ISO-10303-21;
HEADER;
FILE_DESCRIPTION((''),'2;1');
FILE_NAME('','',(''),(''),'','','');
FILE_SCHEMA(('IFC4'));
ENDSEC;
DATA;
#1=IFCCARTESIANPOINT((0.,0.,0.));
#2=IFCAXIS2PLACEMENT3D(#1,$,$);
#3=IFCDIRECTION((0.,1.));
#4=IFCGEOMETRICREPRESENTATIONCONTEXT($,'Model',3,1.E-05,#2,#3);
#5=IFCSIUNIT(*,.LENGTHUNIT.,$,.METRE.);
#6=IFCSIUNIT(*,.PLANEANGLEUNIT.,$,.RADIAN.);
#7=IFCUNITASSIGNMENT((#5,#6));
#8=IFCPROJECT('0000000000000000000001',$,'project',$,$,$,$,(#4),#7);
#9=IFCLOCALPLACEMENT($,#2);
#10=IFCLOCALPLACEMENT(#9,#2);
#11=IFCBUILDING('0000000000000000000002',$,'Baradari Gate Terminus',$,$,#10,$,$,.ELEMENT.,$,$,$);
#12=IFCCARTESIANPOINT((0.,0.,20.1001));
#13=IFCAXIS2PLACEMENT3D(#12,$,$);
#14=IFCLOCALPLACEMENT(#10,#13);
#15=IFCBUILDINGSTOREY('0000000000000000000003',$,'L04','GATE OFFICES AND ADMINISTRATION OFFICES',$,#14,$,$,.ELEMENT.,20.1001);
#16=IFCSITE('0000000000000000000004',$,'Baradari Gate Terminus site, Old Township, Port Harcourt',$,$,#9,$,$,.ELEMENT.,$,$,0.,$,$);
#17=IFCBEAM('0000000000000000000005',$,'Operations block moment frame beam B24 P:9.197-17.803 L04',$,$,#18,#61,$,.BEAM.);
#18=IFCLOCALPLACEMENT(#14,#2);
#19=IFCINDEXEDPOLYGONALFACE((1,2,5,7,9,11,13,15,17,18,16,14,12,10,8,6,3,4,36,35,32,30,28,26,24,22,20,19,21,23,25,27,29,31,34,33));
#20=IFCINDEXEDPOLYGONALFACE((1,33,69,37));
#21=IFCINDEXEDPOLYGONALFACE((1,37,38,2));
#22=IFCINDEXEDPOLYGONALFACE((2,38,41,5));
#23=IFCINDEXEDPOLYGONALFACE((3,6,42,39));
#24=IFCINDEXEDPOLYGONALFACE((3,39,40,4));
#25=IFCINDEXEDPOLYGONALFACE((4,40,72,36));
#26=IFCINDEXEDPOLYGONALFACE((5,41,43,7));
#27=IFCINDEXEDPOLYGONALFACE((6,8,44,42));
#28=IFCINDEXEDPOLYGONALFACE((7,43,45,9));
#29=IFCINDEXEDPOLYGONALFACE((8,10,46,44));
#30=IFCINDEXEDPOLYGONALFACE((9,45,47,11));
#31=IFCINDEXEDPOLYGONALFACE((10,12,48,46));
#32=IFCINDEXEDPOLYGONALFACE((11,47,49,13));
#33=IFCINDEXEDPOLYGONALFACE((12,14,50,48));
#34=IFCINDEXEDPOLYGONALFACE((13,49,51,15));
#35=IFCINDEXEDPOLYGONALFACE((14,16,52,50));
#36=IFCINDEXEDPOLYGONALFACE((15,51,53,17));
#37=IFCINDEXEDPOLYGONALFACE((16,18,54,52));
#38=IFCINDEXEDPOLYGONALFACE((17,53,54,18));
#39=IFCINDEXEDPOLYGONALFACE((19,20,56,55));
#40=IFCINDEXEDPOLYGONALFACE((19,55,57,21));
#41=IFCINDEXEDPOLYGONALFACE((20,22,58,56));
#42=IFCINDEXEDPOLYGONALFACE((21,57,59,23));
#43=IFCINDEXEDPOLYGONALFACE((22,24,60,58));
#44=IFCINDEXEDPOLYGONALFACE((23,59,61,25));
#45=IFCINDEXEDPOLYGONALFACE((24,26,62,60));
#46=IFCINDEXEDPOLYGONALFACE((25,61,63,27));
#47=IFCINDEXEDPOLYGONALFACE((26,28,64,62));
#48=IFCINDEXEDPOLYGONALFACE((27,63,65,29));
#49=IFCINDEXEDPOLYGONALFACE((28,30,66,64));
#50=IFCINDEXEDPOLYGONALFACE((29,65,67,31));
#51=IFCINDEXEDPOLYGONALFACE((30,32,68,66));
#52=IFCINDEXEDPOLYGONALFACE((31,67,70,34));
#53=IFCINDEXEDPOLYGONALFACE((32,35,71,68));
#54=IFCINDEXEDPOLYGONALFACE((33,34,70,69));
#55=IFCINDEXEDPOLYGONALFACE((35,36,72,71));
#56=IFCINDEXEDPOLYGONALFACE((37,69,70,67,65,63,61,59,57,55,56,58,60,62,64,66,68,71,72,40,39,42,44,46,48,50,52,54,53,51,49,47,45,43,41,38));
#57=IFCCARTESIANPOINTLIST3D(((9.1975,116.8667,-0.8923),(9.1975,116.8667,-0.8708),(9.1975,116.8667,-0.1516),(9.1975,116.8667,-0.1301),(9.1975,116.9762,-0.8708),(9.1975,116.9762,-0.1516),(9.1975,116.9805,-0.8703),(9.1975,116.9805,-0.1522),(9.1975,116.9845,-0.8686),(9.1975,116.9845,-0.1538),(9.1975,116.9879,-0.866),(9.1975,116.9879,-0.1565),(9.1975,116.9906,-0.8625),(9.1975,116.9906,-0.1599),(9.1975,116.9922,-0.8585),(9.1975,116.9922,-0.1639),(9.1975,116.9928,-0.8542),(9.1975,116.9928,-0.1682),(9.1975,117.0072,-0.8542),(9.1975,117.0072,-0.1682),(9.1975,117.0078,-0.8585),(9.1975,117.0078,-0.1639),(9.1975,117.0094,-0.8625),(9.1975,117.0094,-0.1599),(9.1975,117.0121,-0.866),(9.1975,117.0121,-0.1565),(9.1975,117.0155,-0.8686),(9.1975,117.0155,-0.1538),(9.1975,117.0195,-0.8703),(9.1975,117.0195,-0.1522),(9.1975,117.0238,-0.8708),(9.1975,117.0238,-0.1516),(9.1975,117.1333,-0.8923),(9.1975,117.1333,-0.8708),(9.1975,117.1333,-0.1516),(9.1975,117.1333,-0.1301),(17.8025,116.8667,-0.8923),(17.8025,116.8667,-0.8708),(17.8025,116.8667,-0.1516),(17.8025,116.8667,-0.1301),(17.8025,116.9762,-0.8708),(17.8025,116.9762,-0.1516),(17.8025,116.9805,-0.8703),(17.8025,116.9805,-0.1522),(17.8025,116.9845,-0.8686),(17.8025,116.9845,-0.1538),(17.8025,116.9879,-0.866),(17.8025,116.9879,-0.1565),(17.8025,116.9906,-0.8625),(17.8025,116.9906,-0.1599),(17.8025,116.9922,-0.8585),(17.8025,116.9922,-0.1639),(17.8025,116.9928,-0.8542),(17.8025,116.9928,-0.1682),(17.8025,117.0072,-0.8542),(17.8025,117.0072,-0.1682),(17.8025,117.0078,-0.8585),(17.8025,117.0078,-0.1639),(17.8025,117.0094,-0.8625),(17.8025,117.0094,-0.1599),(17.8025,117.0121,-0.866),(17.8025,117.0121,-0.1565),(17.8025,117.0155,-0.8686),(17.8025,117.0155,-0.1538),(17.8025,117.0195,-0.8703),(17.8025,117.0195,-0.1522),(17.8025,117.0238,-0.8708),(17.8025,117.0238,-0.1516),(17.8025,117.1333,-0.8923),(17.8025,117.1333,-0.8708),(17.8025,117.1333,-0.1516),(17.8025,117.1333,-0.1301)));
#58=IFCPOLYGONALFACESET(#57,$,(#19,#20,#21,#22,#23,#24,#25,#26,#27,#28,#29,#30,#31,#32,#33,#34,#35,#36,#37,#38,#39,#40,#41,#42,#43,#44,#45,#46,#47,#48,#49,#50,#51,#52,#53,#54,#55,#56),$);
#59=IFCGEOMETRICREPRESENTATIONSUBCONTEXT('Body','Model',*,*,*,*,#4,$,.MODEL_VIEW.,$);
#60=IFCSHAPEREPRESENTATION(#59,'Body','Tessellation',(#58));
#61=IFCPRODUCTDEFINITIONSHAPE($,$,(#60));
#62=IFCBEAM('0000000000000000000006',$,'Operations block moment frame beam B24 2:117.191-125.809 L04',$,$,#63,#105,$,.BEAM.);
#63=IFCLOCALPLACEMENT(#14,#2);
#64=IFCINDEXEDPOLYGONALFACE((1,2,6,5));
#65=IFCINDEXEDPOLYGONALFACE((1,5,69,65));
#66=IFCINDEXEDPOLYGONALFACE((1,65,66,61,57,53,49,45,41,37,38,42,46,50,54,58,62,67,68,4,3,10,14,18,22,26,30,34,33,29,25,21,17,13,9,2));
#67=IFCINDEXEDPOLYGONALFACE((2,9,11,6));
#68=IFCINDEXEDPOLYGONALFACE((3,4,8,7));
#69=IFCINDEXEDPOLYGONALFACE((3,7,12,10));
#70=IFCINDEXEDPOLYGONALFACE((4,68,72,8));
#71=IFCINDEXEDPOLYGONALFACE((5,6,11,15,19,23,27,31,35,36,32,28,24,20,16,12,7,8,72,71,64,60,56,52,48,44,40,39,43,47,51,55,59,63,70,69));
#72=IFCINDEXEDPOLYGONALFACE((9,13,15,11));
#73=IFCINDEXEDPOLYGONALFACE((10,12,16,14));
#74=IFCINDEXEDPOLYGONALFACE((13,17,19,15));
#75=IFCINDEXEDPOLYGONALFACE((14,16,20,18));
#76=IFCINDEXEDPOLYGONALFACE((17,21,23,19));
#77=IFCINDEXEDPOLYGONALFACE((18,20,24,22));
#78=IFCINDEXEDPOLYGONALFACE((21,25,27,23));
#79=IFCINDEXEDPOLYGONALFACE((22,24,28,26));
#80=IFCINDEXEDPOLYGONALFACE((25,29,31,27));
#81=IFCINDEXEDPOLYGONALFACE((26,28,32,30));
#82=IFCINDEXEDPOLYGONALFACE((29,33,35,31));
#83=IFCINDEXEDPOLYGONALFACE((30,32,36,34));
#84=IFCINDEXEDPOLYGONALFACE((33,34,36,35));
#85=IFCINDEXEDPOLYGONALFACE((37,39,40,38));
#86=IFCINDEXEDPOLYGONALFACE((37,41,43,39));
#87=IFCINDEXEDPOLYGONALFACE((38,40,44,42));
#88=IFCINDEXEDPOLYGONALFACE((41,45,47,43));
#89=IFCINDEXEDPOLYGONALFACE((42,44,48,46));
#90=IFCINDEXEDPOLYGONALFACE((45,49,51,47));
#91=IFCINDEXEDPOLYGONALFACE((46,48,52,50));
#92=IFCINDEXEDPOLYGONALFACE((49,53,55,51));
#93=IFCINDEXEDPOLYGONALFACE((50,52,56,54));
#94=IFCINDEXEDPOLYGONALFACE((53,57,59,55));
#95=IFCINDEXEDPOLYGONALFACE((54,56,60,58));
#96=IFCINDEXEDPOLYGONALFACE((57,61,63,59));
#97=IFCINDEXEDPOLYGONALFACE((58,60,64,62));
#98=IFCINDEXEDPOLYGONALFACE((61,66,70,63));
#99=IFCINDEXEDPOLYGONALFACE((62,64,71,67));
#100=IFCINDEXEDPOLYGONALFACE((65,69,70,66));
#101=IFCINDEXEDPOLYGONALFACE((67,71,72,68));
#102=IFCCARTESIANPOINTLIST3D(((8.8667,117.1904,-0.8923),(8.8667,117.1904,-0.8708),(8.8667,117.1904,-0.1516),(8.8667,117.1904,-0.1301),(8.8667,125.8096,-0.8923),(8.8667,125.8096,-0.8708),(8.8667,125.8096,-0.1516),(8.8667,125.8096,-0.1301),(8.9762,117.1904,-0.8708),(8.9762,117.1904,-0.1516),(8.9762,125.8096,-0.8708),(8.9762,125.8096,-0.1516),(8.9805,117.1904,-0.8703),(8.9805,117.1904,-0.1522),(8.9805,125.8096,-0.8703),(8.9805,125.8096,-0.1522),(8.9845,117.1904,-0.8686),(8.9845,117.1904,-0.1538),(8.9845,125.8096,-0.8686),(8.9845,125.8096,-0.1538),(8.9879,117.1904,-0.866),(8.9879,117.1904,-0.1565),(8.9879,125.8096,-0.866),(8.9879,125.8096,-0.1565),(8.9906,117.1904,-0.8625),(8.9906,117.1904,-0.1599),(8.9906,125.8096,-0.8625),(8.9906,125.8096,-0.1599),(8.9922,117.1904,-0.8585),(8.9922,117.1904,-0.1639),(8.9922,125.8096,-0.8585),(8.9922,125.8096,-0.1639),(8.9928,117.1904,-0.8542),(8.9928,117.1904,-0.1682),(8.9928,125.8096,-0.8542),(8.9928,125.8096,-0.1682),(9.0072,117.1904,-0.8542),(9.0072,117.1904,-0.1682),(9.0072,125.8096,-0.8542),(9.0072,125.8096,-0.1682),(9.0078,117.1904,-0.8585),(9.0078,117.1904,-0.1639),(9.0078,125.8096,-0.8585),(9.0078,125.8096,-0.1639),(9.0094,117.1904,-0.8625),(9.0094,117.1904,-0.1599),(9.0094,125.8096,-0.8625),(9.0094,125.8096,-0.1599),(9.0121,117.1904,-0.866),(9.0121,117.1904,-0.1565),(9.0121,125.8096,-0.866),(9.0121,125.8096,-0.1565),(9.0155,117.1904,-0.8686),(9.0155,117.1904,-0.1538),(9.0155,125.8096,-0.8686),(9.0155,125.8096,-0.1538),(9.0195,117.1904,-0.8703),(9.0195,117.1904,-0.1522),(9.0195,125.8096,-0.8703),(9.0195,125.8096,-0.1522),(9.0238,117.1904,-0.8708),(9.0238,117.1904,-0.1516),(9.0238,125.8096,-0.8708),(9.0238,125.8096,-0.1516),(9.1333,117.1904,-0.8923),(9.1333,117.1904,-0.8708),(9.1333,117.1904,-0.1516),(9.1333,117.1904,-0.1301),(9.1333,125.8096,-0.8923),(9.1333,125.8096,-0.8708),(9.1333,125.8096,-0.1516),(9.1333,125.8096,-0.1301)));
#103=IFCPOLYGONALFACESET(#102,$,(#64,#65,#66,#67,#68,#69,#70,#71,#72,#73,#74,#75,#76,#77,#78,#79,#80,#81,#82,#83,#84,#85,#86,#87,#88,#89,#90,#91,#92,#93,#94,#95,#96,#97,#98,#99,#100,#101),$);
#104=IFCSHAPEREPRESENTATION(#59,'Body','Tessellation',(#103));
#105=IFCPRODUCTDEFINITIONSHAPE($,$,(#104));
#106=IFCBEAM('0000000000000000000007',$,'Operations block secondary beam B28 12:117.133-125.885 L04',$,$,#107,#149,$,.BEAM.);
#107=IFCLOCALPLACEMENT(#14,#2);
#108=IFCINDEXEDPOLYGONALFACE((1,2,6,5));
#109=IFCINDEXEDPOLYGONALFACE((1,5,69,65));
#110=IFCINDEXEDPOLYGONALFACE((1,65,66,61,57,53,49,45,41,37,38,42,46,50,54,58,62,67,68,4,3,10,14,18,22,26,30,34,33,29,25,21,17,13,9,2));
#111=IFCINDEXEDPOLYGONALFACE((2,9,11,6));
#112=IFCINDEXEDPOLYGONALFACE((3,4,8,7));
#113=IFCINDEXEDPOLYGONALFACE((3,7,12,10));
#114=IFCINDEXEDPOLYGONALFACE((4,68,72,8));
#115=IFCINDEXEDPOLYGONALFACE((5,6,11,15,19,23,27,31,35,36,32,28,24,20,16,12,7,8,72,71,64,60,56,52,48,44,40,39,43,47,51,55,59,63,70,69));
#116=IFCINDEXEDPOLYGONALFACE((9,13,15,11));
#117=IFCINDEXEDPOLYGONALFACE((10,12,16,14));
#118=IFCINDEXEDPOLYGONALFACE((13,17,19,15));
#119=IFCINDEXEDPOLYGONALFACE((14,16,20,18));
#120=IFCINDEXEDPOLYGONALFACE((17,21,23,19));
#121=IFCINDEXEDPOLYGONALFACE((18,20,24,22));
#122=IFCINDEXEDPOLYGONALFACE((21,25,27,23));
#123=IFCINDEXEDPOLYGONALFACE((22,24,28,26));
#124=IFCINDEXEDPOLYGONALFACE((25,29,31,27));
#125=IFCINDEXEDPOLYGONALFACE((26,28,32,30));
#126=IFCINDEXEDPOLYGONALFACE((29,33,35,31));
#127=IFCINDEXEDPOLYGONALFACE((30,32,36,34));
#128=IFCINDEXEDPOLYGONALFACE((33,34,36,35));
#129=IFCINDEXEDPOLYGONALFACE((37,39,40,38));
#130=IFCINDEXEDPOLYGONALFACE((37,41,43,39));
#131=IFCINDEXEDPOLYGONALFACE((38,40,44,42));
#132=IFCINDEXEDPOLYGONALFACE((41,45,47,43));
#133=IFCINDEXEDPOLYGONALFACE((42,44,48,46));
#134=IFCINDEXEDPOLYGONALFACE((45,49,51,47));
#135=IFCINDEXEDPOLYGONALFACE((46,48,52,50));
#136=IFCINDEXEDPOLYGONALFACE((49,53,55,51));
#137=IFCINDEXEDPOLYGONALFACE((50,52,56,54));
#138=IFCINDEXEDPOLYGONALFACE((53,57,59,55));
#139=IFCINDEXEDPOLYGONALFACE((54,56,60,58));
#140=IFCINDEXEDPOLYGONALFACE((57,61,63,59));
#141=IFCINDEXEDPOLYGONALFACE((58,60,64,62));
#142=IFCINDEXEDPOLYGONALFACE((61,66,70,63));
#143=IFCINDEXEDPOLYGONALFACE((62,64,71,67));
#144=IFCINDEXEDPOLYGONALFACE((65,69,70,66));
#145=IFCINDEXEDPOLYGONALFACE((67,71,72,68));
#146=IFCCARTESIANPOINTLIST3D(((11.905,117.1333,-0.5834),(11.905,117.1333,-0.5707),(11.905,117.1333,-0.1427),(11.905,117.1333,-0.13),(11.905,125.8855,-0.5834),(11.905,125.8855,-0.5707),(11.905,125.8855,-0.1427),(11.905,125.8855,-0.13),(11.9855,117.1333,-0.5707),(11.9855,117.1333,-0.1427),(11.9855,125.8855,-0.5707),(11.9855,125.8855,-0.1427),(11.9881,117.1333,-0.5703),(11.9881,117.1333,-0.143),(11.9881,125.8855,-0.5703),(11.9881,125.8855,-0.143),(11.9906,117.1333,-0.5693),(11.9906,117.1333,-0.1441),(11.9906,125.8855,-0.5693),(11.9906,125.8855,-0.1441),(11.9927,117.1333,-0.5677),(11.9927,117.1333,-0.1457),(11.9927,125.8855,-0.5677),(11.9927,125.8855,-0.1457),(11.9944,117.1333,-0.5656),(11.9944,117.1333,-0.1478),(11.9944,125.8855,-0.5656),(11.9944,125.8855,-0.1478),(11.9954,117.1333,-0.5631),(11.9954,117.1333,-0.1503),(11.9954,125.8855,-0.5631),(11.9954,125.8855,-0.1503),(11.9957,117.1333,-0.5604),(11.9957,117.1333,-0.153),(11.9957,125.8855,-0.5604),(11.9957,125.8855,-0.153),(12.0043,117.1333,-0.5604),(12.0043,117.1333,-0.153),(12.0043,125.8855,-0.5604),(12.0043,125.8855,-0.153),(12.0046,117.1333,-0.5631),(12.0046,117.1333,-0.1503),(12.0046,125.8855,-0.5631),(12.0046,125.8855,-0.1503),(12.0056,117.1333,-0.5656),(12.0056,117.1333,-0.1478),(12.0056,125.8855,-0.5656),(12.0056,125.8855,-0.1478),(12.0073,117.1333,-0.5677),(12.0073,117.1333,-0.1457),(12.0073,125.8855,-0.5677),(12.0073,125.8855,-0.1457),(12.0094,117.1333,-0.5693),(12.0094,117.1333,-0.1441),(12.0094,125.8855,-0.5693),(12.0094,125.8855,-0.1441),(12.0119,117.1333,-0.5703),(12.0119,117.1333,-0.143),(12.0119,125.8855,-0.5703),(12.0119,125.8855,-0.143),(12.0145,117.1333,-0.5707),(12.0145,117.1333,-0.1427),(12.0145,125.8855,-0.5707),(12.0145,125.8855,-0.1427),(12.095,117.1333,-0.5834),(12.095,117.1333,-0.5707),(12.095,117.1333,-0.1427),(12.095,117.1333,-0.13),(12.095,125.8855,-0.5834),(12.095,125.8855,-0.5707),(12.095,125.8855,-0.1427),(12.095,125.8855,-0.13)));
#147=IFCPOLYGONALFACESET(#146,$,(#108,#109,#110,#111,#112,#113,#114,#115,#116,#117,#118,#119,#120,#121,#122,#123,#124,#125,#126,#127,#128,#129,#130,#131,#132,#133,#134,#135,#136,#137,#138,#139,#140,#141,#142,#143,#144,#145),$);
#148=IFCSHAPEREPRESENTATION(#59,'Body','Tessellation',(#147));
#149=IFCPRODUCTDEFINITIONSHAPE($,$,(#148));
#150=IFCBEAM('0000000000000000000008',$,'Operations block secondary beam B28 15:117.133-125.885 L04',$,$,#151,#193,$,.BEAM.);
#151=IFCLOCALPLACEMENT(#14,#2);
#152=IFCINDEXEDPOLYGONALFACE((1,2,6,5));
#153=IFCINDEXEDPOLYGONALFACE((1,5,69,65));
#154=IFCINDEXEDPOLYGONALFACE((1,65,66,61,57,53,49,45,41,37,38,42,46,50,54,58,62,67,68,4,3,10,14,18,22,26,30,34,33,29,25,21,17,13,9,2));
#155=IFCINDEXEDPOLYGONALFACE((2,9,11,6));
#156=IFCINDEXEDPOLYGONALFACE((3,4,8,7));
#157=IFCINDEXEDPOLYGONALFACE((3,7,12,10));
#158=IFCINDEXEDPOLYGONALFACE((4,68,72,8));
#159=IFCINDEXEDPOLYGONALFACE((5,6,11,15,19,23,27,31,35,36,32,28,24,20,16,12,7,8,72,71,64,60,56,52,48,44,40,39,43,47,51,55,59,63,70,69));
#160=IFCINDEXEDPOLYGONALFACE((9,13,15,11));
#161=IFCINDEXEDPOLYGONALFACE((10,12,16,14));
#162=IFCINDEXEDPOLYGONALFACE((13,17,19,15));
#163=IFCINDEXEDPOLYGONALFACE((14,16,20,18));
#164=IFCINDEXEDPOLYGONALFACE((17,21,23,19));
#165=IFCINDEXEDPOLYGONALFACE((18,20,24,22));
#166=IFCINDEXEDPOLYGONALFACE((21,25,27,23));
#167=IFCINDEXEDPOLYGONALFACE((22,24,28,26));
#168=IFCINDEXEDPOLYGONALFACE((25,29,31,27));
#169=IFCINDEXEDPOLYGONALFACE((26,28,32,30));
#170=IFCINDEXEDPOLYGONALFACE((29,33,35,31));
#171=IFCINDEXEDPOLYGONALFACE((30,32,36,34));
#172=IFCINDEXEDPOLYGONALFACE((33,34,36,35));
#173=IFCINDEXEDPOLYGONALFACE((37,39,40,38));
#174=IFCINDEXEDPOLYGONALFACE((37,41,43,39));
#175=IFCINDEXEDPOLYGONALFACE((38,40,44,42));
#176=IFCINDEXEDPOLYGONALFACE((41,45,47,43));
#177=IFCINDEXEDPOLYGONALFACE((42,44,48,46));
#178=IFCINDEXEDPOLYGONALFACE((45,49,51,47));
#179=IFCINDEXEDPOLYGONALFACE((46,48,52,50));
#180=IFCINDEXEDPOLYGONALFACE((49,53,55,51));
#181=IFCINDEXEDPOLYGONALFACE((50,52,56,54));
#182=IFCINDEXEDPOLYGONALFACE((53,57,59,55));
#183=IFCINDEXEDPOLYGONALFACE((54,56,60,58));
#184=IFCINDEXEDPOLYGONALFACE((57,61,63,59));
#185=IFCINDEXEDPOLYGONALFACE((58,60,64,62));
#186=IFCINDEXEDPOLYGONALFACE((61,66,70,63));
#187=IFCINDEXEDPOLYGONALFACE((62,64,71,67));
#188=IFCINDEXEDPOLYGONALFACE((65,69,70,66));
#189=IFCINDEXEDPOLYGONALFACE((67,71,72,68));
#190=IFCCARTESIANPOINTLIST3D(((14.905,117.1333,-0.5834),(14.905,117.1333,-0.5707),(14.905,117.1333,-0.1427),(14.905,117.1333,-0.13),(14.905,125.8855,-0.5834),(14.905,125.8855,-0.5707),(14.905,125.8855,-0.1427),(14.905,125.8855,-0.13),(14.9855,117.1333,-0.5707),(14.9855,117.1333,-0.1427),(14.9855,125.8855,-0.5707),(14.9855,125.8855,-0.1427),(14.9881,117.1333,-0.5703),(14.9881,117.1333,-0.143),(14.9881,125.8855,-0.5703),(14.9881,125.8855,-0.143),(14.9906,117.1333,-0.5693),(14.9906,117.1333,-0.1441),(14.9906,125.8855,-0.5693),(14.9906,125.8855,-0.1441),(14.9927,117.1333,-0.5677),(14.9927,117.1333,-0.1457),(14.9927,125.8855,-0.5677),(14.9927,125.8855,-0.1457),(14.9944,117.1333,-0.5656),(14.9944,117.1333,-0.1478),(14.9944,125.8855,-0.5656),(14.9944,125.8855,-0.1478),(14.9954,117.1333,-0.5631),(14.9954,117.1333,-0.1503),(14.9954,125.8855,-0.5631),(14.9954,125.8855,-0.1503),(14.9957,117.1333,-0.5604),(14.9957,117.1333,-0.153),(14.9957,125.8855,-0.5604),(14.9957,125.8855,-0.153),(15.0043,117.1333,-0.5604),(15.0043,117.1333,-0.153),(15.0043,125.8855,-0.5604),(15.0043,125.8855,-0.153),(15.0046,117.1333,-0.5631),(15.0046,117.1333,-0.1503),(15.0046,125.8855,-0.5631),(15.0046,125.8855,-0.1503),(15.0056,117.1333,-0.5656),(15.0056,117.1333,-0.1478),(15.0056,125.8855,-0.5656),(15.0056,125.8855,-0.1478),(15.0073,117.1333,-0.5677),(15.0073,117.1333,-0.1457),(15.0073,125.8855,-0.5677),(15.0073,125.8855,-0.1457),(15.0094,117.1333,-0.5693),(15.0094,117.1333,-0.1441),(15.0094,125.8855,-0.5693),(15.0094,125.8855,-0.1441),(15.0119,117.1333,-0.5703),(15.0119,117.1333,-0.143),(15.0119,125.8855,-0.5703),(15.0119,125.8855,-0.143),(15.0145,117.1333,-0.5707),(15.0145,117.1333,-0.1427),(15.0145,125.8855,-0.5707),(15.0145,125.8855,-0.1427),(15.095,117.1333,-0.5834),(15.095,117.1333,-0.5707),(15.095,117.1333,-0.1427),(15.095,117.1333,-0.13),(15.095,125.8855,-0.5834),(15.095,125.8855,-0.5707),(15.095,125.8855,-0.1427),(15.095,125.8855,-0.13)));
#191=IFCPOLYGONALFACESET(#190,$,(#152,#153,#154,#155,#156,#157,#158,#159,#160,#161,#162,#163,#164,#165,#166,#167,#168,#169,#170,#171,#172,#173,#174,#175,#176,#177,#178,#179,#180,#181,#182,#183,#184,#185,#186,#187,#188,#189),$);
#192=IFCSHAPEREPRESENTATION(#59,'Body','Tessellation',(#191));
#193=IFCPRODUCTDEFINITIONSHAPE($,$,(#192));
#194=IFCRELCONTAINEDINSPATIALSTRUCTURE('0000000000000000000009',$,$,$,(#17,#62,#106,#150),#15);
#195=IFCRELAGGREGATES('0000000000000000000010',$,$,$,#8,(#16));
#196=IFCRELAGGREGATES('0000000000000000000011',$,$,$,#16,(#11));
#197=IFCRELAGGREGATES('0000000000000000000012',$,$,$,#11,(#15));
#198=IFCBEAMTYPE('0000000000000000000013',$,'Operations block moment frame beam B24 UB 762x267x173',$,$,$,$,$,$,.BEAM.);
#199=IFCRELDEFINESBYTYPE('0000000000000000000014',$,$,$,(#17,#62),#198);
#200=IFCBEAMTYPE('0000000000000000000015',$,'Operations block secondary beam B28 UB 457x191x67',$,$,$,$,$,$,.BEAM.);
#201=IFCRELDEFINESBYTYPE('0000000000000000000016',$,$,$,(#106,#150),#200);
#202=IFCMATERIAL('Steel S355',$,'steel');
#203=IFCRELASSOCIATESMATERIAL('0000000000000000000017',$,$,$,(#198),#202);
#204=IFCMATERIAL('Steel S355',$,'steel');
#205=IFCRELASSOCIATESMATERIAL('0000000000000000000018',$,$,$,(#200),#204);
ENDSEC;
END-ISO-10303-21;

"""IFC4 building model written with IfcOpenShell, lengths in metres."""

from ifc_helpers import new_model, si_unit, direction, frame, origin, origin_2d, place, context, subcontext, project, spatial, i_section, extrude, material, material_profile, profile_set, type_object, element, save


model = new_model("IFC4")

# Units and contexts
model_context = context("Model", 3, precision=1e-05, world=origin(), true_north=direction((0.0, 1.0)))
body_context = subcontext(model_context, "Body", "Model", "MODEL_VIEW")
ifc_project = project(units=[si_unit("LENGTHUNIT", "METRE"), si_unit("PLANEANGLEUNIT", "RADIAN")], contexts=[model_context])

# Site, building, storey
site_placement = place(None, origin())
site = spatial("IfcSite", under=ifc_project, at=site_placement, Name="Baradari Gate Terminus site, Old Township, Port Harcourt", CompositionType="ELEMENT", RefElevation=0.0)
building_placement = place(site_placement, origin())
building = spatial("IfcBuilding", under=site, at=building_placement, Name="Baradari Gate Terminus", CompositionType="ELEMENT")
storey_placement = place(building_placement, frame((0.0, 0.0, 20.1001)))
storey = spatial("IfcBuildingStorey", under=building, at=storey_placement, Name="L04", Description="GATE OFFICES AND ADMINISTRATION OFFICES", CompositionType="ELEMENT", Elevation=20.1001)

# Beams
ifc_material_1 = material(Name="Steel S355", Category="steel")
ifc_material_profile_1 = material_profile(ifc_material_1, i_section(OverallWidth=0.2666, OverallDepth=0.7622, WebThickness=0.0144, FlangeThickness=0.0215, FilletRadius=0.0166, at=origin_2d()), Name="UB 762x267x173")
ifc_profile_set_1 = profile_set([ifc_material_profile_1], Name="Steel S355")
beam_type_1 = type_object("IfcBeamType", Name="Operations block moment frame beam B24 UB 762x267x173", PredefinedType="BEAM", material=ifc_profile_set_1)
beam_1_placement = place(storey_placement, frame((9.1975, 117.0, -0.5112), z_axis=(1.0, 0.0, 0.0), x_axis=(0.0, 1.0, 0.0)))
element("IfcBeam", 1, at=beam_1_placement, inside=storey, type_object=beam_type_1, Name="Operations block moment frame beam B24 P:9.197-17.803 L04", PredefinedType="BEAM", context=body_context, shape_type="SweptSolid", body=[
    extrude(i_section(OverallWidth=0.2666, OverallDepth=0.7622, WebThickness=0.0144, FlangeThickness=0.0215, FilletRadius=0.0166, at=origin_2d()), origin(), (0.0, 0.0, 1.0), 8.605),
])
beam_2_placement = place(storey_placement, frame((9.0, 117.1904, -0.5112), z_axis=(0.0, 1.0, 0.0), x_axis=(-1.0, 0.0, 0.0)))
element("IfcBeam", 2, at=beam_2_placement, inside=storey, type_object=beam_type_1, Name="Operations block moment frame beam B24 2:117.191-125.809 L04", PredefinedType="BEAM", context=body_context, shape_type="SweptSolid", body=[
    extrude(i_section(OverallWidth=0.2666, OverallDepth=0.7622, WebThickness=0.0144, FlangeThickness=0.0215, FilletRadius=0.0166, at=origin_2d()), origin(), (0.0, 0.0, 1.0), 8.6191),
])
ifc_material_2 = material(Name="Steel S355", Category="steel")
ifc_material_profile_2 = material_profile(ifc_material_2, i_section(OverallWidth=0.1899, OverallDepth=0.4534, WebThickness=0.0085, FlangeThickness=0.0127, FilletRadius=0.0103, at=origin_2d()), Name="UB 457x191x67")
ifc_profile_set_2 = profile_set([ifc_material_profile_2], Name="Steel S355")
beam_type_2 = type_object("IfcBeamType", Name="Operations block secondary beam B28 UB 457x191x67", PredefinedType="BEAM", material=ifc_profile_set_2)
for number, where, z_axis, x_axis, name in (
    (3, (12.0, 117.1333, -0.3567), (0.0, 1.0, 0.0), (-1.0, 0.0, 0.0), "Operations block secondary beam B28 12:117.133-125.885 L04"),
    (4, (15.0, 117.1333, -0.3567), (0.0, 1.0, 0.0), (-1.0, 0.0, 0.0), "Operations block secondary beam B28 15:117.133-125.885 L04"),
):
    element("IfcBeam", number, at=place(storey_placement, frame(where, z_axis=z_axis, x_axis=x_axis)), inside=storey, type_object=beam_type_2, Name=name, PredefinedType="BEAM", context=body_context, shape_type="SweptSolid", body=[
        extrude(i_section(OverallWidth=0.1899, OverallDepth=0.4534, WebThickness=0.0085, FlangeThickness=0.0127, FilletRadius=0.0103, at=origin_2d()), origin(), (0.0, 0.0, 1.0), 8.7522),
    ])

save(model, "model.ifc")
